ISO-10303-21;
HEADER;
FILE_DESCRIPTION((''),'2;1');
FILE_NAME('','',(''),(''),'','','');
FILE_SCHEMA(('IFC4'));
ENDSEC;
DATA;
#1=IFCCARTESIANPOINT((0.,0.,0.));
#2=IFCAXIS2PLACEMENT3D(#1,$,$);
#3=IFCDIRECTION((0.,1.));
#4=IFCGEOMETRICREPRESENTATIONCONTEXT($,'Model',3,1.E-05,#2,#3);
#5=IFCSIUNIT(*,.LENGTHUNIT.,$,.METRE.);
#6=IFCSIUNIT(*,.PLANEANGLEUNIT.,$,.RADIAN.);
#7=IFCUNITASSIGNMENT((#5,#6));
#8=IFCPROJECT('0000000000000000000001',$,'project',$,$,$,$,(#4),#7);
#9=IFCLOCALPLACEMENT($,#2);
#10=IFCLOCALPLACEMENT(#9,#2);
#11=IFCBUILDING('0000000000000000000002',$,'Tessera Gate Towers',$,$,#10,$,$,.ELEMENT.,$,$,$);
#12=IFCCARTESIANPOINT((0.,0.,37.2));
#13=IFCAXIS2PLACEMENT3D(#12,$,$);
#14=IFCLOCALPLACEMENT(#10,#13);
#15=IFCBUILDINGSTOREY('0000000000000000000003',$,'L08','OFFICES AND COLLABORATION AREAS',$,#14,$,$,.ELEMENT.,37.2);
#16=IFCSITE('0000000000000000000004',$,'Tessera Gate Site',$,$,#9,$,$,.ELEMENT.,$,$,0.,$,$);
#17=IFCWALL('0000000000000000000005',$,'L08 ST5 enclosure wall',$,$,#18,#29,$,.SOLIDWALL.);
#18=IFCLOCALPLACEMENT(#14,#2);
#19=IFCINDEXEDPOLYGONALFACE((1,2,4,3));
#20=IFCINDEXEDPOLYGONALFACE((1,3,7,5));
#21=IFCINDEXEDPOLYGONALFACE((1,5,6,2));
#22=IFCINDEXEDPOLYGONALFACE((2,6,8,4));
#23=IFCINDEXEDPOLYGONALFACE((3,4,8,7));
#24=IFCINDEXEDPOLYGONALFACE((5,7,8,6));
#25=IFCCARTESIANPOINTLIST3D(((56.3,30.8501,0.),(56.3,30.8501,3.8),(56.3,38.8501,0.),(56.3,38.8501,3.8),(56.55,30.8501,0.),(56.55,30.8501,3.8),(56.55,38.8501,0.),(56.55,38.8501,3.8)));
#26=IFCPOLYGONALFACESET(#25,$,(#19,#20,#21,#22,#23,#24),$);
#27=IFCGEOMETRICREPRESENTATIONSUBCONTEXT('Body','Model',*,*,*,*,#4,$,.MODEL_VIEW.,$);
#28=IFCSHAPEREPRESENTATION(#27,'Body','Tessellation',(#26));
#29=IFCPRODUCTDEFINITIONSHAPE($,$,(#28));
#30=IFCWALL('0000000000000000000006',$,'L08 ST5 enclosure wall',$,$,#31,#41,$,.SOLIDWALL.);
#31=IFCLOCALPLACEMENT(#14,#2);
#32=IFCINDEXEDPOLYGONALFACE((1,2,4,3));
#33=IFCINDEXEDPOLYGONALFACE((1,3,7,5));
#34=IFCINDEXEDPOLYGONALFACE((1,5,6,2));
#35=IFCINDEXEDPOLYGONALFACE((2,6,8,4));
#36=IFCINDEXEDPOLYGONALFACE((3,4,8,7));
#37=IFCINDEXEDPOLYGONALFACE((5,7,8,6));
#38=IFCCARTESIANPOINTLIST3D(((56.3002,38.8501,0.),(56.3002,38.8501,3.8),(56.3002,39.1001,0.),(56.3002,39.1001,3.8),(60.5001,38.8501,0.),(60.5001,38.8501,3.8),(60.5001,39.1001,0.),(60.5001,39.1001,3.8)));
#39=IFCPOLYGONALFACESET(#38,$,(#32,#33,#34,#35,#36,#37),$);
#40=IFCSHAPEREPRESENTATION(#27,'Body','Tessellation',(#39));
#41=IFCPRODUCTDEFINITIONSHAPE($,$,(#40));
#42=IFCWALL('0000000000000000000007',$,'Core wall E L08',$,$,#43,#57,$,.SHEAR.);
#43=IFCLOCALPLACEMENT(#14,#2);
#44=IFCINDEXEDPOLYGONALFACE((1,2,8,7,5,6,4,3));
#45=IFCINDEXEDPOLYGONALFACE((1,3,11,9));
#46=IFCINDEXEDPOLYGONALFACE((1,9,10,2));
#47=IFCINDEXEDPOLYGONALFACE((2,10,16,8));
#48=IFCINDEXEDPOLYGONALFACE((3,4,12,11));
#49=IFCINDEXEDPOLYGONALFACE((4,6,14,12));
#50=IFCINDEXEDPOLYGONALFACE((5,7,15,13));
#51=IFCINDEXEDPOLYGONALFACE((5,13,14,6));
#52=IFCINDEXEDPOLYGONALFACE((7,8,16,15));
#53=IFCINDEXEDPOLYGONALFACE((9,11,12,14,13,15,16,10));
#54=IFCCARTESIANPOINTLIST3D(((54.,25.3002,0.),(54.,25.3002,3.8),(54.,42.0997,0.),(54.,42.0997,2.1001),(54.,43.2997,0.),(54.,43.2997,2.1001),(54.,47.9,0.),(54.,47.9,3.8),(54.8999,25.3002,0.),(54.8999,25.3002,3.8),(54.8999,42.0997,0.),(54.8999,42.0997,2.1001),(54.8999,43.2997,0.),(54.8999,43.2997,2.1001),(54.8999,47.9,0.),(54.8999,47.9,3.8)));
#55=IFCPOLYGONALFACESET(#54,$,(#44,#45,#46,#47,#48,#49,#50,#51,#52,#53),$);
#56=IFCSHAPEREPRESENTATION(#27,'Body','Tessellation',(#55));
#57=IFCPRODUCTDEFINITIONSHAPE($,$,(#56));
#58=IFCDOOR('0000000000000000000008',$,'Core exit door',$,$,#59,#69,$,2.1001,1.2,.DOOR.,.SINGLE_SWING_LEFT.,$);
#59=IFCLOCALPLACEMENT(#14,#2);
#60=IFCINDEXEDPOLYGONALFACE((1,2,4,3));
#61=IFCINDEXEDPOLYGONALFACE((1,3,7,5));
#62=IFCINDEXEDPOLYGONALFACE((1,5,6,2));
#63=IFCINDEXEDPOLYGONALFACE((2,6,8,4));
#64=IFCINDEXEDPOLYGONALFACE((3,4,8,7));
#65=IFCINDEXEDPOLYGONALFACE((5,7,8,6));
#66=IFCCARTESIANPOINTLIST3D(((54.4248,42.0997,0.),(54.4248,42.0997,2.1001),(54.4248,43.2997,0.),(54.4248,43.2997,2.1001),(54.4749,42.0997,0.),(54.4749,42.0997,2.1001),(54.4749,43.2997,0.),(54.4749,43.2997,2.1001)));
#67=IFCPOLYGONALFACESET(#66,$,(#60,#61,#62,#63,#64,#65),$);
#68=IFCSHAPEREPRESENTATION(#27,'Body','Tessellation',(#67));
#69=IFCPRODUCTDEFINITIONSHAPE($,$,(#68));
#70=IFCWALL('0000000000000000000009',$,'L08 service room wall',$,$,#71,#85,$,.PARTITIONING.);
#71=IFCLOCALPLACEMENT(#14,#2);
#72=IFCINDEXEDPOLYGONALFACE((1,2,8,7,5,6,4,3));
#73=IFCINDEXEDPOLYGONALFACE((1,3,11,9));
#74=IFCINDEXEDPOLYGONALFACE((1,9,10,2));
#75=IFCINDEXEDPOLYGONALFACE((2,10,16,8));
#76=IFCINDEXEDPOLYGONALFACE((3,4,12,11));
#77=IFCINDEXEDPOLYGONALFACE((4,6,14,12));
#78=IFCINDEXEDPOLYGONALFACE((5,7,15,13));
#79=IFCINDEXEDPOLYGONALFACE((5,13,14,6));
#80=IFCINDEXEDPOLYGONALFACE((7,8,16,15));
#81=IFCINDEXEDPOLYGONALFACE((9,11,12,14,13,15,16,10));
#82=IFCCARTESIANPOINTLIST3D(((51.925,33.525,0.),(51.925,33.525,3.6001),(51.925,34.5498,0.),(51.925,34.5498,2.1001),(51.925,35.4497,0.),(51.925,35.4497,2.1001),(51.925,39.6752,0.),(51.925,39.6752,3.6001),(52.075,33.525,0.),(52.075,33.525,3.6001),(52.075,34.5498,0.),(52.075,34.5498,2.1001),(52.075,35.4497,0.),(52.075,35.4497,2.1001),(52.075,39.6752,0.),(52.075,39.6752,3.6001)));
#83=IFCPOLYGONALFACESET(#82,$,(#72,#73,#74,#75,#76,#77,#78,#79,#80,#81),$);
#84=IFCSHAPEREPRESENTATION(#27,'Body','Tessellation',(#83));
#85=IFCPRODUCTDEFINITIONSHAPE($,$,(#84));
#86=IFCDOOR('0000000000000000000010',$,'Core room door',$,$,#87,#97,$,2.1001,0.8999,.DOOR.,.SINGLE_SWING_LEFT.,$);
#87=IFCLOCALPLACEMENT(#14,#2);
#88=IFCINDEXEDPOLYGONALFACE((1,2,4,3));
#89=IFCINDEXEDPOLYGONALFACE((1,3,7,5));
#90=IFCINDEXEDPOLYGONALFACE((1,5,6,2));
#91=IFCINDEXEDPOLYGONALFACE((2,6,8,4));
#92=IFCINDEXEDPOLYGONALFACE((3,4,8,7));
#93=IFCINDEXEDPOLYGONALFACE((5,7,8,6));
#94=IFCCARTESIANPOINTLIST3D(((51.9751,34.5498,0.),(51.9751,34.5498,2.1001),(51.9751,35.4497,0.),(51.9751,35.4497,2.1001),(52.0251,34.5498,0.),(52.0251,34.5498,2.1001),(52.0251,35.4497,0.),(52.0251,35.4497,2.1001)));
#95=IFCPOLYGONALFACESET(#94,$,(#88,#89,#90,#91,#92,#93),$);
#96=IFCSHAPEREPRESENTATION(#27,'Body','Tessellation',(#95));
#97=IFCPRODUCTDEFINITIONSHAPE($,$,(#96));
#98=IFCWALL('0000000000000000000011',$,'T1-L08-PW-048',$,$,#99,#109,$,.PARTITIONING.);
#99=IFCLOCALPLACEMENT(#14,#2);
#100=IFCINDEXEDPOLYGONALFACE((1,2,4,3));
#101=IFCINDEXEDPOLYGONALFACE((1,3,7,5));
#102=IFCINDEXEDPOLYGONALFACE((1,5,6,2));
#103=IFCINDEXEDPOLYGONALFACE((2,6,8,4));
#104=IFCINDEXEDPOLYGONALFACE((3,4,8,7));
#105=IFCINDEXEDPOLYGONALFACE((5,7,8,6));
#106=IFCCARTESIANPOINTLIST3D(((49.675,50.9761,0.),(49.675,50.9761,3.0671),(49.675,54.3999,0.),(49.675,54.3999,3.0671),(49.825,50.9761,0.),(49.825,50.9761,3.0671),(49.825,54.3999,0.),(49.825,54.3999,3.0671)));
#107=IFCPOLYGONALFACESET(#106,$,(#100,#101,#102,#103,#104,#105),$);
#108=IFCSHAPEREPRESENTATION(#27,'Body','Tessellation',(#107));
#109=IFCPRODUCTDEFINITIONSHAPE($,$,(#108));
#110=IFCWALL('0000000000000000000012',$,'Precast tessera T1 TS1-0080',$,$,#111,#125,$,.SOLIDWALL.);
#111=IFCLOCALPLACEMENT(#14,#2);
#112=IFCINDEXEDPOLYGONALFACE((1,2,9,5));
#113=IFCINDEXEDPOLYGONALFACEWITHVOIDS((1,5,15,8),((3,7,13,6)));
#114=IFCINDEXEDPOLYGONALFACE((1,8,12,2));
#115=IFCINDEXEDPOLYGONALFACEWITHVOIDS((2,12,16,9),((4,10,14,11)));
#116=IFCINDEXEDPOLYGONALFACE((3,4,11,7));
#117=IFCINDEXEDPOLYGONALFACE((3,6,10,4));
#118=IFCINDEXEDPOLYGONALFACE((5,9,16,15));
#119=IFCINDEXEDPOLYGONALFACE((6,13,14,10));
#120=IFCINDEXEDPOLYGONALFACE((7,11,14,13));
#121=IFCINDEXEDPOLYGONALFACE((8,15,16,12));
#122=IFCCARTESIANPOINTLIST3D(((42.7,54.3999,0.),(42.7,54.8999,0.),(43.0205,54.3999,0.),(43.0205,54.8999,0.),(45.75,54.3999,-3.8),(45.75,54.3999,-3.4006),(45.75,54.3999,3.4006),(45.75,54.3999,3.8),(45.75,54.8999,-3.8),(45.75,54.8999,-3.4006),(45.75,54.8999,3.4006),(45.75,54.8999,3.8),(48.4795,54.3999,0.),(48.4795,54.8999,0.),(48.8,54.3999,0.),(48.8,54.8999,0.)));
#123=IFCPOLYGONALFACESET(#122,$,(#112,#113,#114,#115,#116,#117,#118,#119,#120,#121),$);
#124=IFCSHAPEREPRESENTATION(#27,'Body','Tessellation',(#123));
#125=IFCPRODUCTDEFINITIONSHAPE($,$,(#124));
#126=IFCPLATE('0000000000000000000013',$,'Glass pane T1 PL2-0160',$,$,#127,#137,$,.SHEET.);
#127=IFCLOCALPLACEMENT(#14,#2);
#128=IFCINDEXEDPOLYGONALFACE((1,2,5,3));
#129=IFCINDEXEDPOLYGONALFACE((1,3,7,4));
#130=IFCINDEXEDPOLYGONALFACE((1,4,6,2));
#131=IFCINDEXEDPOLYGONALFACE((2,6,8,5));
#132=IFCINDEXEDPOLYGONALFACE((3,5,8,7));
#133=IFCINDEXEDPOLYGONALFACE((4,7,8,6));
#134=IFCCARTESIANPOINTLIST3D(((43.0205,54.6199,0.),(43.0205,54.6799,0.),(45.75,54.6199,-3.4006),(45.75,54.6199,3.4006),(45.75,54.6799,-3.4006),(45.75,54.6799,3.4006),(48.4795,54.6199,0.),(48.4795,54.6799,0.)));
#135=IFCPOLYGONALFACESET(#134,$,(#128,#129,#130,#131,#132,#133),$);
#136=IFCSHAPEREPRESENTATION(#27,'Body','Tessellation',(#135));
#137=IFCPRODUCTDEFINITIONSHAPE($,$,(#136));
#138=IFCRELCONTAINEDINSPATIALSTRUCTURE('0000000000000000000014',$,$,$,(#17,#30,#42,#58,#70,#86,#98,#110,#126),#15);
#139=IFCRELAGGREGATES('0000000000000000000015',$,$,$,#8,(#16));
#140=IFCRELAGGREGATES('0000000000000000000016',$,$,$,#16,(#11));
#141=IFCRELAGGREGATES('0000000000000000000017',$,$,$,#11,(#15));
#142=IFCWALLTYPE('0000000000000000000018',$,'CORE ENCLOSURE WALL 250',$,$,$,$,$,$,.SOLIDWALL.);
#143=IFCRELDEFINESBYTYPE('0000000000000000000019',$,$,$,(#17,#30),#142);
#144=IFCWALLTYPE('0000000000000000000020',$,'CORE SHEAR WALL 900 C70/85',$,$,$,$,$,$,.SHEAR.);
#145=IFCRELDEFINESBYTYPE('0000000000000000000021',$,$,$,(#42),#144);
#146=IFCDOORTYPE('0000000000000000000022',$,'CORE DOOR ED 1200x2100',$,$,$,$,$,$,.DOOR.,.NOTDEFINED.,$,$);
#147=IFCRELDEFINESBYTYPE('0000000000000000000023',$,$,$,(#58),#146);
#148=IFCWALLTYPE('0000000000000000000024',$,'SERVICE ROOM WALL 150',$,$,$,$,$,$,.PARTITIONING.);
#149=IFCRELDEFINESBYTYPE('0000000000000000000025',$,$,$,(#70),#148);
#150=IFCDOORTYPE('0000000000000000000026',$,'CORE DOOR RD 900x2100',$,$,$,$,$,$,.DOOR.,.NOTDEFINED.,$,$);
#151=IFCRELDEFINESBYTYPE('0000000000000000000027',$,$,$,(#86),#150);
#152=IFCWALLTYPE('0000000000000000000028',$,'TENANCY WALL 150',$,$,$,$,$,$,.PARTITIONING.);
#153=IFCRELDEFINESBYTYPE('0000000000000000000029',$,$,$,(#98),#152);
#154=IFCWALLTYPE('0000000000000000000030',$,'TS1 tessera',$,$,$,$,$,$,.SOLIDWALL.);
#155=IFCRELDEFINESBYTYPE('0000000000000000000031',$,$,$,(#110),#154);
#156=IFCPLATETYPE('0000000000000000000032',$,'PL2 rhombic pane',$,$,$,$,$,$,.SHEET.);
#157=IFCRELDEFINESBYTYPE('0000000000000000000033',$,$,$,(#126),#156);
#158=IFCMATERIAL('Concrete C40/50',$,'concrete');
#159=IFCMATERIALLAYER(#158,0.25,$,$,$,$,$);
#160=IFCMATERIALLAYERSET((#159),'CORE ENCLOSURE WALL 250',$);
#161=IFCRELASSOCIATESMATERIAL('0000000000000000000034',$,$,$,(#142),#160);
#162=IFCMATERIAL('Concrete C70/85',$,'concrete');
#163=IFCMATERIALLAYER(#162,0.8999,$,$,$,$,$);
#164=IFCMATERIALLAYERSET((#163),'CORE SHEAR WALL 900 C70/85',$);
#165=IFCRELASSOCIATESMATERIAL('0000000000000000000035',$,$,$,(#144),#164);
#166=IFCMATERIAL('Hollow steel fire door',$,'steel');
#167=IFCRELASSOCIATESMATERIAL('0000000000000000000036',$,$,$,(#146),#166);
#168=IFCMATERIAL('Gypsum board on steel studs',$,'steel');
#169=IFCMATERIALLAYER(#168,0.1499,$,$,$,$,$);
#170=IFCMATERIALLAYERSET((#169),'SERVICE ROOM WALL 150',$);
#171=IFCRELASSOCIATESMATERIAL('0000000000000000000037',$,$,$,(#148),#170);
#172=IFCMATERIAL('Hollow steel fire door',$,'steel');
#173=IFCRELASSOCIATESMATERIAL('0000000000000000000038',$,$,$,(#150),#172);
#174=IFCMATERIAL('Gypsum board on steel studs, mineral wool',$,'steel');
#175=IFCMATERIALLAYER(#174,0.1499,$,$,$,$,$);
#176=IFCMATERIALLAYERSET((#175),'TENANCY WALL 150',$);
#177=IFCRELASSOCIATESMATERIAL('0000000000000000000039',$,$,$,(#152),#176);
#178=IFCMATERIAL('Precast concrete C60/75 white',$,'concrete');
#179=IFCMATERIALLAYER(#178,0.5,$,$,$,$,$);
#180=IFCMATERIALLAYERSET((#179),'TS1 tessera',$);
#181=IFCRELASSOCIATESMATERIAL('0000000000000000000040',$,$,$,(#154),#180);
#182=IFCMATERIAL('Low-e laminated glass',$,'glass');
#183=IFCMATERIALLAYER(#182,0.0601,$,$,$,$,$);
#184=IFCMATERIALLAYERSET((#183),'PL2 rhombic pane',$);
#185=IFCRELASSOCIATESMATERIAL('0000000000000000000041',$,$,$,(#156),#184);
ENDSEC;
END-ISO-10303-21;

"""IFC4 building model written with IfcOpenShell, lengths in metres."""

from ifc_helpers import new_model, si_unit, direction, frame, frame_2d, origin, place, context, subcontext, project, spatial, polyline, rectangle, outline, extrude, source, transform, mapped, material, layer, layer_set, type_object, element, fill, save


model = new_model("IFC4")

# Units and contexts
model_context = context("Model", 3, precision=1e-05, world=origin(), true_north=direction((0.0, 1.0)))
body_context = subcontext(model_context, "Body", "Model", "MODEL_VIEW")
ifc_project = project(units=[si_unit("LENGTHUNIT", "METRE"), si_unit("PLANEANGLEUNIT", "RADIAN")], contexts=[model_context])

# Site, building, storey
site_placement = place(None, origin())
site = spatial("IfcSite", under=ifc_project, at=site_placement, Name="Tessera Gate Site", CompositionType="ELEMENT", RefElevation=0.0)
building_placement = place(site_placement, origin())
building = spatial("IfcBuilding", under=site, at=building_placement, Name="Tessera Gate Towers", CompositionType="ELEMENT")
storey_placement = place(building_placement, frame((0.0, 0.0, 37.2)))
storey = spatial("IfcBuildingStorey", under=building, at=storey_placement, Name="L08", Description="OFFICES AND COLLABORATION AREAS", CompositionType="ELEMENT", Elevation=37.2)

# Shared definitions
ifc_material_1 = material(Name="Concrete C40/50", Category="concrete")
ifc_layer_1 = layer(ifc_material_1, 0.25)
ifc_layer_set_1 = layer_set([ifc_layer_1], Name="CORE ENCLOSURE WALL 250")
wall_type_1 = type_object("IfcWallType", Name="CORE ENCLOSURE WALL 250", PredefinedType="SOLIDWALL", material=ifc_layer_set_1)
shared_shape_1 = source(origin(), body_context, "Body", "SweptSolid", [
    extrude(rectangle(XDim=1.2, YDim=2.1001, at=frame_2d((0.6001, 1.05))), frame((0.0, 0.0249, 0.0), z_axis=(0.0, -1.0, 0.0), x_axis=(1.0, 0.0, 0.0)), (0.0, 0.0, 1.0), 0.05),
])

# Walls
wall_1_placement = place(storey_placement, frame((56.425, 30.8501, 0.0), z_axis=(0.0, 0.0, 1.0), x_axis=(0.0, 1.0, 0.0)))
element("IfcWall", 1, at=wall_1_placement, inside=storey, type_object=wall_type_1, Name="L08 ST5 enclosure wall", PredefinedType="SOLIDWALL", context=body_context, shape_type="SweptSolid", body=[
    extrude(rectangle(XDim=8.0, YDim=0.25, at=frame_2d((4.0, 0.0))), origin(), (0.0, 0.0, 1.0), 3.8),
])
wall_2_placement = place(storey_placement, frame((56.3, 38.9751, 0.0), z_axis=(0.0, 0.0, 1.0), x_axis=(1.0, 0.0, 0.0)))
element("IfcWall", 2, at=wall_2_placement, inside=storey, type_object=wall_type_1, Name="L08 ST5 enclosure wall", PredefinedType="SOLIDWALL", context=body_context, shape_type="SweptSolid", body=[
    extrude(rectangle(XDim=4.2, YDim=0.25, at=frame_2d((2.1001, 0.0))), origin(), (0.0, 0.0, 1.0), 3.8),
])

# Walls, openings, doors
ifc_material_2 = material(Name="Concrete C70/85", Category="concrete")
ifc_layer_2 = layer(ifc_material_2, 0.8999)
ifc_layer_set_2 = layer_set([ifc_layer_2], Name="CORE SHEAR WALL 900 C70/85")
wall_type_2 = type_object("IfcWallType", Name="CORE SHEAR WALL 900 C70/85", PredefinedType="SHEAR", material=ifc_layer_set_2)
wall_3_placement = place(storey_placement, frame((54.45, 47.8999, 0.0), z_axis=(0.0, 0.0, 1.0), x_axis=(0.0, -1.0, 0.0)))
wall_3 = element("IfcWall", 3, at=wall_3_placement, inside=storey, type_object=wall_type_2, Name="Core wall E L08", PredefinedType="SHEAR", context=body_context, shape_type="SweptSolid", body=[
    extrude(rectangle(XDim=22.5999, YDim=0.8999, at=frame_2d((11.2998, 0.0))), origin(), (0.0, 0.0, 1.0), 3.8),
])
shared_shape_2 = source(origin(), body_context, "Body", "SweptSolid", [
    extrude(rectangle(XDim=1.2, YDim=2.1001, at=frame_2d((0.6001, 1.05))), frame((0.0, 0.46, 0.0), z_axis=(0.0, -1.0, 0.0), x_axis=(1.0, 0.0, 0.0)), (0.0, 0.0, 1.0), 0.9199),
])
opening_1_placement = place(wall_3_placement, frame((4.6001, 0.0, 0.0)))
opening_1 = element("IfcOpeningElement", 4, at=opening_1_placement, cuts=wall_3, PredefinedType="OPENING", context=body_context, shape_type="MappedRepresentation", body=[
    mapped(shared_shape_2, transform((0.0, 0.0, 0.0), scale=1.0)),
])
ifc_material_3 = material(Name="Hollow steel fire door", Category="steel")
door_type_1 = type_object("IfcDoorType", Name="CORE DOOR ED 1200x2100", OperationType="NOTDEFINED", PredefinedType="DOOR", material=ifc_material_3)
door_1_placement = place(opening_1_placement, origin())
door_1 = element("IfcDoor", 5, at=door_1_placement, inside=storey, type_object=door_type_1, Name="Core exit door", OperationType="SINGLE_SWING_LEFT", OverallHeight=2.1001, OverallWidth=1.2, PredefinedType="DOOR", context=body_context, shape_type="MappedRepresentation", body=[
    mapped(shared_shape_1, transform((0.0, 0.0, 0.0), scale=1.0)),
])
fill(opening_1, door_1)
ifc_material_4 = material(Name="Gypsum board on steel studs", Category="steel")
ifc_layer_3 = layer(ifc_material_4, 0.1499)
ifc_layer_set_3 = layer_set([ifc_layer_3], Name="SERVICE ROOM WALL 150")
wall_type_3 = type_object("IfcWallType", Name="SERVICE ROOM WALL 150", PredefinedType="PARTITIONING", material=ifc_layer_set_3)
wall_4_placement = place(storey_placement, frame((52.0, 33.5249, 0.0), z_axis=(0.0, 0.0, 1.0), x_axis=(0.0, 1.0, 0.0)))
wall_4 = element("IfcWall", 6, at=wall_4_placement, inside=storey, type_object=wall_type_3, Name="L08 service room wall", PredefinedType="PARTITIONING", context=body_context, shape_type="SweptSolid", body=[
    extrude(rectangle(XDim=6.1501, YDim=0.1499, at=frame_2d((3.0752, 0.0))), origin(), (0.0, 0.0, 1.0), 3.6001),
])
shared_shape_3 = source(origin(), body_context, "Body", "SweptSolid", [
    extrude(rectangle(XDim=0.8999, YDim=2.1001, at=frame_2d((0.45, 1.05))), frame((0.0, 0.085, 0.0), z_axis=(0.0, -1.0, 0.0), x_axis=(1.0, 0.0, 0.0)), (0.0, 0.0, 1.0), 0.1699),
])
opening_2_placement = place(wall_4_placement, frame((1.0249, 0.0, 0.0)))
opening_2 = element("IfcOpeningElement", 7, at=opening_2_placement, cuts=wall_4, PredefinedType="OPENING", context=body_context, shape_type="MappedRepresentation", body=[
    mapped(shared_shape_3, transform((0.0, 0.0, 0.0), scale=1.0)),
])
ifc_material_5 = material(Name="Hollow steel fire door", Category="steel")
door_type_2 = type_object("IfcDoorType", Name="CORE DOOR RD 900x2100", OperationType="NOTDEFINED", PredefinedType="DOOR", material=ifc_material_5)
shared_shape_4 = source(origin(), body_context, "Body", "SweptSolid", [
    extrude(rectangle(XDim=0.8999, YDim=2.1001, at=frame_2d((0.45, 1.05))), frame((0.0, 0.0249, 0.0), z_axis=(0.0, -1.0, 0.0), x_axis=(1.0, 0.0, 0.0)), (0.0, 0.0, 1.0), 0.05),
])
door_2_placement = place(opening_2_placement, origin())
door_2 = element("IfcDoor", 8, at=door_2_placement, inside=storey, type_object=door_type_2, Name="Core room door", OperationType="SINGLE_SWING_LEFT", OverallHeight=2.1001, OverallWidth=0.8999, PredefinedType="DOOR", context=body_context, shape_type="MappedRepresentation", body=[
    mapped(shared_shape_4, transform((0.0, 0.0, 0.0), scale=1.0)),
])
fill(opening_2, door_2)

# Wall
ifc_material_6 = material(Name="Gypsum board on steel studs, mineral wool", Category="steel")
ifc_layer_4 = layer(ifc_material_6, 0.1499)
ifc_layer_set_4 = layer_set([ifc_layer_4], Name="TENANCY WALL 150")
wall_type_4 = type_object("IfcWallType", Name="TENANCY WALL 150", PredefinedType="PARTITIONING", material=ifc_layer_set_4)
wall_5_placement = place(storey_placement, frame((49.75, 50.9761, 0.0), z_axis=(0.0, 0.0, 1.0), x_axis=(0.0, 1.0, 0.0)))
element("IfcWall", 9, at=wall_5_placement, inside=storey, type_object=wall_type_4, Name="T1-L08-PW-048", PredefinedType="PARTITIONING", context=body_context, shape_type="SweptSolid", body=[
    extrude(rectangle(XDim=3.4238, YDim=0.1499, at=frame_2d((1.7119, 0.0))), origin(), (0.0, 0.0, 1.0), 3.0671),
])

# Wall, opening, plate
ifc_material_7 = material(Name="Precast concrete C60/75 white", Category="concrete")
ifc_layer_5 = layer(ifc_material_7, 0.5)
ifc_layer_set_5 = layer_set([ifc_layer_5], Name="TS1 tessera")
wall_type_5 = type_object("IfcWallType", Name="TS1 tessera", PredefinedType="SOLIDWALL", material=ifc_layer_set_5)
shared_shape_5 = source(origin(), body_context, "Body", "SweptSolid", [
    extrude(outline(polyline([(3.05, 0.0), (6.1001, 3.8), (3.05, 7.6001), (0.0, 3.8), (3.05, 0.0)])), frame((0.0, 0.25, 0.0), z_axis=(0.0, -1.0, 0.0), x_axis=(1.0, 0.0, 0.0)), (0.0, 0.0, 1.0), 0.5),
])
wall_6_placement = place(storey_placement, frame((48.8, 54.6499, -3.8), z_axis=(0.0, 0.0, 1.0), x_axis=(-1.0, 0.0, 0.0)))
wall_6 = element("IfcWall", 10, at=wall_6_placement, inside=storey, type_object=wall_type_5, Name="Precast tessera T1 TS1-0080", PredefinedType="SOLIDWALL", context=body_context, shape_type="MappedRepresentation", body=[
    mapped(shared_shape_5, transform((0.0, 0.0, 0.0), scale=1.0)),
])
shared_shape_6 = source(origin(), body_context, "Body", "SweptSolid", [
    extrude(outline(polyline([(3.05, 0.3994), (5.7795, 3.8), (3.05, 7.2007), (0.3206, 3.8), (3.05, 0.3994)])), frame((0.0, 0.26, 0.0), z_axis=(0.0, -1.0, 0.0), x_axis=(1.0, 0.0, 0.0)), (0.0, 0.0, 1.0), 0.52),
])
opening_3_placement = place(wall_6_placement, origin())
opening_3 = element("IfcOpeningElement", 11, at=opening_3_placement, cuts=wall_6, PredefinedType="OPENING", context=body_context, shape_type="MappedRepresentation", body=[
    mapped(shared_shape_6, transform((0.0, 0.0, 0.0), scale=1.0)),
])
ifc_material_8 = material(Name="Low-e laminated glass", Category="glass")
ifc_layer_6 = layer(ifc_material_8, 0.0601)
ifc_layer_set_6 = layer_set([ifc_layer_6], Name="PL2 rhombic pane")
plate_type = type_object("IfcPlateType", Name="PL2 rhombic pane", PredefinedType="SHEET", material=ifc_layer_set_6)
shared_shape_7 = source(origin(), body_context, "Body", "SweptSolid", [
    extrude(outline(polyline([(3.05, 0.3994), (5.7795, 3.8), (3.05, 7.2007), (0.3206, 3.8), (3.05, 0.3994)])), frame((0.0, 0.03, 0.0), z_axis=(0.0, -1.0, 0.0), x_axis=(1.0, 0.0, 0.0)), (0.0, 0.0, 1.0), 0.0601),
])
plate_placement = place(opening_3_placement, origin())
plate = element("IfcPlate", 12, at=plate_placement, inside=storey, type_object=plate_type, Name="Glass pane T1 PL2-0160", PredefinedType="SHEET", context=body_context, shape_type="MappedRepresentation", body=[
    mapped(shared_shape_7, transform((0.0, 0.0, 0.0), scale=1.0)),
])
fill(opening_3, plate)

save(model, "model.ifc")
